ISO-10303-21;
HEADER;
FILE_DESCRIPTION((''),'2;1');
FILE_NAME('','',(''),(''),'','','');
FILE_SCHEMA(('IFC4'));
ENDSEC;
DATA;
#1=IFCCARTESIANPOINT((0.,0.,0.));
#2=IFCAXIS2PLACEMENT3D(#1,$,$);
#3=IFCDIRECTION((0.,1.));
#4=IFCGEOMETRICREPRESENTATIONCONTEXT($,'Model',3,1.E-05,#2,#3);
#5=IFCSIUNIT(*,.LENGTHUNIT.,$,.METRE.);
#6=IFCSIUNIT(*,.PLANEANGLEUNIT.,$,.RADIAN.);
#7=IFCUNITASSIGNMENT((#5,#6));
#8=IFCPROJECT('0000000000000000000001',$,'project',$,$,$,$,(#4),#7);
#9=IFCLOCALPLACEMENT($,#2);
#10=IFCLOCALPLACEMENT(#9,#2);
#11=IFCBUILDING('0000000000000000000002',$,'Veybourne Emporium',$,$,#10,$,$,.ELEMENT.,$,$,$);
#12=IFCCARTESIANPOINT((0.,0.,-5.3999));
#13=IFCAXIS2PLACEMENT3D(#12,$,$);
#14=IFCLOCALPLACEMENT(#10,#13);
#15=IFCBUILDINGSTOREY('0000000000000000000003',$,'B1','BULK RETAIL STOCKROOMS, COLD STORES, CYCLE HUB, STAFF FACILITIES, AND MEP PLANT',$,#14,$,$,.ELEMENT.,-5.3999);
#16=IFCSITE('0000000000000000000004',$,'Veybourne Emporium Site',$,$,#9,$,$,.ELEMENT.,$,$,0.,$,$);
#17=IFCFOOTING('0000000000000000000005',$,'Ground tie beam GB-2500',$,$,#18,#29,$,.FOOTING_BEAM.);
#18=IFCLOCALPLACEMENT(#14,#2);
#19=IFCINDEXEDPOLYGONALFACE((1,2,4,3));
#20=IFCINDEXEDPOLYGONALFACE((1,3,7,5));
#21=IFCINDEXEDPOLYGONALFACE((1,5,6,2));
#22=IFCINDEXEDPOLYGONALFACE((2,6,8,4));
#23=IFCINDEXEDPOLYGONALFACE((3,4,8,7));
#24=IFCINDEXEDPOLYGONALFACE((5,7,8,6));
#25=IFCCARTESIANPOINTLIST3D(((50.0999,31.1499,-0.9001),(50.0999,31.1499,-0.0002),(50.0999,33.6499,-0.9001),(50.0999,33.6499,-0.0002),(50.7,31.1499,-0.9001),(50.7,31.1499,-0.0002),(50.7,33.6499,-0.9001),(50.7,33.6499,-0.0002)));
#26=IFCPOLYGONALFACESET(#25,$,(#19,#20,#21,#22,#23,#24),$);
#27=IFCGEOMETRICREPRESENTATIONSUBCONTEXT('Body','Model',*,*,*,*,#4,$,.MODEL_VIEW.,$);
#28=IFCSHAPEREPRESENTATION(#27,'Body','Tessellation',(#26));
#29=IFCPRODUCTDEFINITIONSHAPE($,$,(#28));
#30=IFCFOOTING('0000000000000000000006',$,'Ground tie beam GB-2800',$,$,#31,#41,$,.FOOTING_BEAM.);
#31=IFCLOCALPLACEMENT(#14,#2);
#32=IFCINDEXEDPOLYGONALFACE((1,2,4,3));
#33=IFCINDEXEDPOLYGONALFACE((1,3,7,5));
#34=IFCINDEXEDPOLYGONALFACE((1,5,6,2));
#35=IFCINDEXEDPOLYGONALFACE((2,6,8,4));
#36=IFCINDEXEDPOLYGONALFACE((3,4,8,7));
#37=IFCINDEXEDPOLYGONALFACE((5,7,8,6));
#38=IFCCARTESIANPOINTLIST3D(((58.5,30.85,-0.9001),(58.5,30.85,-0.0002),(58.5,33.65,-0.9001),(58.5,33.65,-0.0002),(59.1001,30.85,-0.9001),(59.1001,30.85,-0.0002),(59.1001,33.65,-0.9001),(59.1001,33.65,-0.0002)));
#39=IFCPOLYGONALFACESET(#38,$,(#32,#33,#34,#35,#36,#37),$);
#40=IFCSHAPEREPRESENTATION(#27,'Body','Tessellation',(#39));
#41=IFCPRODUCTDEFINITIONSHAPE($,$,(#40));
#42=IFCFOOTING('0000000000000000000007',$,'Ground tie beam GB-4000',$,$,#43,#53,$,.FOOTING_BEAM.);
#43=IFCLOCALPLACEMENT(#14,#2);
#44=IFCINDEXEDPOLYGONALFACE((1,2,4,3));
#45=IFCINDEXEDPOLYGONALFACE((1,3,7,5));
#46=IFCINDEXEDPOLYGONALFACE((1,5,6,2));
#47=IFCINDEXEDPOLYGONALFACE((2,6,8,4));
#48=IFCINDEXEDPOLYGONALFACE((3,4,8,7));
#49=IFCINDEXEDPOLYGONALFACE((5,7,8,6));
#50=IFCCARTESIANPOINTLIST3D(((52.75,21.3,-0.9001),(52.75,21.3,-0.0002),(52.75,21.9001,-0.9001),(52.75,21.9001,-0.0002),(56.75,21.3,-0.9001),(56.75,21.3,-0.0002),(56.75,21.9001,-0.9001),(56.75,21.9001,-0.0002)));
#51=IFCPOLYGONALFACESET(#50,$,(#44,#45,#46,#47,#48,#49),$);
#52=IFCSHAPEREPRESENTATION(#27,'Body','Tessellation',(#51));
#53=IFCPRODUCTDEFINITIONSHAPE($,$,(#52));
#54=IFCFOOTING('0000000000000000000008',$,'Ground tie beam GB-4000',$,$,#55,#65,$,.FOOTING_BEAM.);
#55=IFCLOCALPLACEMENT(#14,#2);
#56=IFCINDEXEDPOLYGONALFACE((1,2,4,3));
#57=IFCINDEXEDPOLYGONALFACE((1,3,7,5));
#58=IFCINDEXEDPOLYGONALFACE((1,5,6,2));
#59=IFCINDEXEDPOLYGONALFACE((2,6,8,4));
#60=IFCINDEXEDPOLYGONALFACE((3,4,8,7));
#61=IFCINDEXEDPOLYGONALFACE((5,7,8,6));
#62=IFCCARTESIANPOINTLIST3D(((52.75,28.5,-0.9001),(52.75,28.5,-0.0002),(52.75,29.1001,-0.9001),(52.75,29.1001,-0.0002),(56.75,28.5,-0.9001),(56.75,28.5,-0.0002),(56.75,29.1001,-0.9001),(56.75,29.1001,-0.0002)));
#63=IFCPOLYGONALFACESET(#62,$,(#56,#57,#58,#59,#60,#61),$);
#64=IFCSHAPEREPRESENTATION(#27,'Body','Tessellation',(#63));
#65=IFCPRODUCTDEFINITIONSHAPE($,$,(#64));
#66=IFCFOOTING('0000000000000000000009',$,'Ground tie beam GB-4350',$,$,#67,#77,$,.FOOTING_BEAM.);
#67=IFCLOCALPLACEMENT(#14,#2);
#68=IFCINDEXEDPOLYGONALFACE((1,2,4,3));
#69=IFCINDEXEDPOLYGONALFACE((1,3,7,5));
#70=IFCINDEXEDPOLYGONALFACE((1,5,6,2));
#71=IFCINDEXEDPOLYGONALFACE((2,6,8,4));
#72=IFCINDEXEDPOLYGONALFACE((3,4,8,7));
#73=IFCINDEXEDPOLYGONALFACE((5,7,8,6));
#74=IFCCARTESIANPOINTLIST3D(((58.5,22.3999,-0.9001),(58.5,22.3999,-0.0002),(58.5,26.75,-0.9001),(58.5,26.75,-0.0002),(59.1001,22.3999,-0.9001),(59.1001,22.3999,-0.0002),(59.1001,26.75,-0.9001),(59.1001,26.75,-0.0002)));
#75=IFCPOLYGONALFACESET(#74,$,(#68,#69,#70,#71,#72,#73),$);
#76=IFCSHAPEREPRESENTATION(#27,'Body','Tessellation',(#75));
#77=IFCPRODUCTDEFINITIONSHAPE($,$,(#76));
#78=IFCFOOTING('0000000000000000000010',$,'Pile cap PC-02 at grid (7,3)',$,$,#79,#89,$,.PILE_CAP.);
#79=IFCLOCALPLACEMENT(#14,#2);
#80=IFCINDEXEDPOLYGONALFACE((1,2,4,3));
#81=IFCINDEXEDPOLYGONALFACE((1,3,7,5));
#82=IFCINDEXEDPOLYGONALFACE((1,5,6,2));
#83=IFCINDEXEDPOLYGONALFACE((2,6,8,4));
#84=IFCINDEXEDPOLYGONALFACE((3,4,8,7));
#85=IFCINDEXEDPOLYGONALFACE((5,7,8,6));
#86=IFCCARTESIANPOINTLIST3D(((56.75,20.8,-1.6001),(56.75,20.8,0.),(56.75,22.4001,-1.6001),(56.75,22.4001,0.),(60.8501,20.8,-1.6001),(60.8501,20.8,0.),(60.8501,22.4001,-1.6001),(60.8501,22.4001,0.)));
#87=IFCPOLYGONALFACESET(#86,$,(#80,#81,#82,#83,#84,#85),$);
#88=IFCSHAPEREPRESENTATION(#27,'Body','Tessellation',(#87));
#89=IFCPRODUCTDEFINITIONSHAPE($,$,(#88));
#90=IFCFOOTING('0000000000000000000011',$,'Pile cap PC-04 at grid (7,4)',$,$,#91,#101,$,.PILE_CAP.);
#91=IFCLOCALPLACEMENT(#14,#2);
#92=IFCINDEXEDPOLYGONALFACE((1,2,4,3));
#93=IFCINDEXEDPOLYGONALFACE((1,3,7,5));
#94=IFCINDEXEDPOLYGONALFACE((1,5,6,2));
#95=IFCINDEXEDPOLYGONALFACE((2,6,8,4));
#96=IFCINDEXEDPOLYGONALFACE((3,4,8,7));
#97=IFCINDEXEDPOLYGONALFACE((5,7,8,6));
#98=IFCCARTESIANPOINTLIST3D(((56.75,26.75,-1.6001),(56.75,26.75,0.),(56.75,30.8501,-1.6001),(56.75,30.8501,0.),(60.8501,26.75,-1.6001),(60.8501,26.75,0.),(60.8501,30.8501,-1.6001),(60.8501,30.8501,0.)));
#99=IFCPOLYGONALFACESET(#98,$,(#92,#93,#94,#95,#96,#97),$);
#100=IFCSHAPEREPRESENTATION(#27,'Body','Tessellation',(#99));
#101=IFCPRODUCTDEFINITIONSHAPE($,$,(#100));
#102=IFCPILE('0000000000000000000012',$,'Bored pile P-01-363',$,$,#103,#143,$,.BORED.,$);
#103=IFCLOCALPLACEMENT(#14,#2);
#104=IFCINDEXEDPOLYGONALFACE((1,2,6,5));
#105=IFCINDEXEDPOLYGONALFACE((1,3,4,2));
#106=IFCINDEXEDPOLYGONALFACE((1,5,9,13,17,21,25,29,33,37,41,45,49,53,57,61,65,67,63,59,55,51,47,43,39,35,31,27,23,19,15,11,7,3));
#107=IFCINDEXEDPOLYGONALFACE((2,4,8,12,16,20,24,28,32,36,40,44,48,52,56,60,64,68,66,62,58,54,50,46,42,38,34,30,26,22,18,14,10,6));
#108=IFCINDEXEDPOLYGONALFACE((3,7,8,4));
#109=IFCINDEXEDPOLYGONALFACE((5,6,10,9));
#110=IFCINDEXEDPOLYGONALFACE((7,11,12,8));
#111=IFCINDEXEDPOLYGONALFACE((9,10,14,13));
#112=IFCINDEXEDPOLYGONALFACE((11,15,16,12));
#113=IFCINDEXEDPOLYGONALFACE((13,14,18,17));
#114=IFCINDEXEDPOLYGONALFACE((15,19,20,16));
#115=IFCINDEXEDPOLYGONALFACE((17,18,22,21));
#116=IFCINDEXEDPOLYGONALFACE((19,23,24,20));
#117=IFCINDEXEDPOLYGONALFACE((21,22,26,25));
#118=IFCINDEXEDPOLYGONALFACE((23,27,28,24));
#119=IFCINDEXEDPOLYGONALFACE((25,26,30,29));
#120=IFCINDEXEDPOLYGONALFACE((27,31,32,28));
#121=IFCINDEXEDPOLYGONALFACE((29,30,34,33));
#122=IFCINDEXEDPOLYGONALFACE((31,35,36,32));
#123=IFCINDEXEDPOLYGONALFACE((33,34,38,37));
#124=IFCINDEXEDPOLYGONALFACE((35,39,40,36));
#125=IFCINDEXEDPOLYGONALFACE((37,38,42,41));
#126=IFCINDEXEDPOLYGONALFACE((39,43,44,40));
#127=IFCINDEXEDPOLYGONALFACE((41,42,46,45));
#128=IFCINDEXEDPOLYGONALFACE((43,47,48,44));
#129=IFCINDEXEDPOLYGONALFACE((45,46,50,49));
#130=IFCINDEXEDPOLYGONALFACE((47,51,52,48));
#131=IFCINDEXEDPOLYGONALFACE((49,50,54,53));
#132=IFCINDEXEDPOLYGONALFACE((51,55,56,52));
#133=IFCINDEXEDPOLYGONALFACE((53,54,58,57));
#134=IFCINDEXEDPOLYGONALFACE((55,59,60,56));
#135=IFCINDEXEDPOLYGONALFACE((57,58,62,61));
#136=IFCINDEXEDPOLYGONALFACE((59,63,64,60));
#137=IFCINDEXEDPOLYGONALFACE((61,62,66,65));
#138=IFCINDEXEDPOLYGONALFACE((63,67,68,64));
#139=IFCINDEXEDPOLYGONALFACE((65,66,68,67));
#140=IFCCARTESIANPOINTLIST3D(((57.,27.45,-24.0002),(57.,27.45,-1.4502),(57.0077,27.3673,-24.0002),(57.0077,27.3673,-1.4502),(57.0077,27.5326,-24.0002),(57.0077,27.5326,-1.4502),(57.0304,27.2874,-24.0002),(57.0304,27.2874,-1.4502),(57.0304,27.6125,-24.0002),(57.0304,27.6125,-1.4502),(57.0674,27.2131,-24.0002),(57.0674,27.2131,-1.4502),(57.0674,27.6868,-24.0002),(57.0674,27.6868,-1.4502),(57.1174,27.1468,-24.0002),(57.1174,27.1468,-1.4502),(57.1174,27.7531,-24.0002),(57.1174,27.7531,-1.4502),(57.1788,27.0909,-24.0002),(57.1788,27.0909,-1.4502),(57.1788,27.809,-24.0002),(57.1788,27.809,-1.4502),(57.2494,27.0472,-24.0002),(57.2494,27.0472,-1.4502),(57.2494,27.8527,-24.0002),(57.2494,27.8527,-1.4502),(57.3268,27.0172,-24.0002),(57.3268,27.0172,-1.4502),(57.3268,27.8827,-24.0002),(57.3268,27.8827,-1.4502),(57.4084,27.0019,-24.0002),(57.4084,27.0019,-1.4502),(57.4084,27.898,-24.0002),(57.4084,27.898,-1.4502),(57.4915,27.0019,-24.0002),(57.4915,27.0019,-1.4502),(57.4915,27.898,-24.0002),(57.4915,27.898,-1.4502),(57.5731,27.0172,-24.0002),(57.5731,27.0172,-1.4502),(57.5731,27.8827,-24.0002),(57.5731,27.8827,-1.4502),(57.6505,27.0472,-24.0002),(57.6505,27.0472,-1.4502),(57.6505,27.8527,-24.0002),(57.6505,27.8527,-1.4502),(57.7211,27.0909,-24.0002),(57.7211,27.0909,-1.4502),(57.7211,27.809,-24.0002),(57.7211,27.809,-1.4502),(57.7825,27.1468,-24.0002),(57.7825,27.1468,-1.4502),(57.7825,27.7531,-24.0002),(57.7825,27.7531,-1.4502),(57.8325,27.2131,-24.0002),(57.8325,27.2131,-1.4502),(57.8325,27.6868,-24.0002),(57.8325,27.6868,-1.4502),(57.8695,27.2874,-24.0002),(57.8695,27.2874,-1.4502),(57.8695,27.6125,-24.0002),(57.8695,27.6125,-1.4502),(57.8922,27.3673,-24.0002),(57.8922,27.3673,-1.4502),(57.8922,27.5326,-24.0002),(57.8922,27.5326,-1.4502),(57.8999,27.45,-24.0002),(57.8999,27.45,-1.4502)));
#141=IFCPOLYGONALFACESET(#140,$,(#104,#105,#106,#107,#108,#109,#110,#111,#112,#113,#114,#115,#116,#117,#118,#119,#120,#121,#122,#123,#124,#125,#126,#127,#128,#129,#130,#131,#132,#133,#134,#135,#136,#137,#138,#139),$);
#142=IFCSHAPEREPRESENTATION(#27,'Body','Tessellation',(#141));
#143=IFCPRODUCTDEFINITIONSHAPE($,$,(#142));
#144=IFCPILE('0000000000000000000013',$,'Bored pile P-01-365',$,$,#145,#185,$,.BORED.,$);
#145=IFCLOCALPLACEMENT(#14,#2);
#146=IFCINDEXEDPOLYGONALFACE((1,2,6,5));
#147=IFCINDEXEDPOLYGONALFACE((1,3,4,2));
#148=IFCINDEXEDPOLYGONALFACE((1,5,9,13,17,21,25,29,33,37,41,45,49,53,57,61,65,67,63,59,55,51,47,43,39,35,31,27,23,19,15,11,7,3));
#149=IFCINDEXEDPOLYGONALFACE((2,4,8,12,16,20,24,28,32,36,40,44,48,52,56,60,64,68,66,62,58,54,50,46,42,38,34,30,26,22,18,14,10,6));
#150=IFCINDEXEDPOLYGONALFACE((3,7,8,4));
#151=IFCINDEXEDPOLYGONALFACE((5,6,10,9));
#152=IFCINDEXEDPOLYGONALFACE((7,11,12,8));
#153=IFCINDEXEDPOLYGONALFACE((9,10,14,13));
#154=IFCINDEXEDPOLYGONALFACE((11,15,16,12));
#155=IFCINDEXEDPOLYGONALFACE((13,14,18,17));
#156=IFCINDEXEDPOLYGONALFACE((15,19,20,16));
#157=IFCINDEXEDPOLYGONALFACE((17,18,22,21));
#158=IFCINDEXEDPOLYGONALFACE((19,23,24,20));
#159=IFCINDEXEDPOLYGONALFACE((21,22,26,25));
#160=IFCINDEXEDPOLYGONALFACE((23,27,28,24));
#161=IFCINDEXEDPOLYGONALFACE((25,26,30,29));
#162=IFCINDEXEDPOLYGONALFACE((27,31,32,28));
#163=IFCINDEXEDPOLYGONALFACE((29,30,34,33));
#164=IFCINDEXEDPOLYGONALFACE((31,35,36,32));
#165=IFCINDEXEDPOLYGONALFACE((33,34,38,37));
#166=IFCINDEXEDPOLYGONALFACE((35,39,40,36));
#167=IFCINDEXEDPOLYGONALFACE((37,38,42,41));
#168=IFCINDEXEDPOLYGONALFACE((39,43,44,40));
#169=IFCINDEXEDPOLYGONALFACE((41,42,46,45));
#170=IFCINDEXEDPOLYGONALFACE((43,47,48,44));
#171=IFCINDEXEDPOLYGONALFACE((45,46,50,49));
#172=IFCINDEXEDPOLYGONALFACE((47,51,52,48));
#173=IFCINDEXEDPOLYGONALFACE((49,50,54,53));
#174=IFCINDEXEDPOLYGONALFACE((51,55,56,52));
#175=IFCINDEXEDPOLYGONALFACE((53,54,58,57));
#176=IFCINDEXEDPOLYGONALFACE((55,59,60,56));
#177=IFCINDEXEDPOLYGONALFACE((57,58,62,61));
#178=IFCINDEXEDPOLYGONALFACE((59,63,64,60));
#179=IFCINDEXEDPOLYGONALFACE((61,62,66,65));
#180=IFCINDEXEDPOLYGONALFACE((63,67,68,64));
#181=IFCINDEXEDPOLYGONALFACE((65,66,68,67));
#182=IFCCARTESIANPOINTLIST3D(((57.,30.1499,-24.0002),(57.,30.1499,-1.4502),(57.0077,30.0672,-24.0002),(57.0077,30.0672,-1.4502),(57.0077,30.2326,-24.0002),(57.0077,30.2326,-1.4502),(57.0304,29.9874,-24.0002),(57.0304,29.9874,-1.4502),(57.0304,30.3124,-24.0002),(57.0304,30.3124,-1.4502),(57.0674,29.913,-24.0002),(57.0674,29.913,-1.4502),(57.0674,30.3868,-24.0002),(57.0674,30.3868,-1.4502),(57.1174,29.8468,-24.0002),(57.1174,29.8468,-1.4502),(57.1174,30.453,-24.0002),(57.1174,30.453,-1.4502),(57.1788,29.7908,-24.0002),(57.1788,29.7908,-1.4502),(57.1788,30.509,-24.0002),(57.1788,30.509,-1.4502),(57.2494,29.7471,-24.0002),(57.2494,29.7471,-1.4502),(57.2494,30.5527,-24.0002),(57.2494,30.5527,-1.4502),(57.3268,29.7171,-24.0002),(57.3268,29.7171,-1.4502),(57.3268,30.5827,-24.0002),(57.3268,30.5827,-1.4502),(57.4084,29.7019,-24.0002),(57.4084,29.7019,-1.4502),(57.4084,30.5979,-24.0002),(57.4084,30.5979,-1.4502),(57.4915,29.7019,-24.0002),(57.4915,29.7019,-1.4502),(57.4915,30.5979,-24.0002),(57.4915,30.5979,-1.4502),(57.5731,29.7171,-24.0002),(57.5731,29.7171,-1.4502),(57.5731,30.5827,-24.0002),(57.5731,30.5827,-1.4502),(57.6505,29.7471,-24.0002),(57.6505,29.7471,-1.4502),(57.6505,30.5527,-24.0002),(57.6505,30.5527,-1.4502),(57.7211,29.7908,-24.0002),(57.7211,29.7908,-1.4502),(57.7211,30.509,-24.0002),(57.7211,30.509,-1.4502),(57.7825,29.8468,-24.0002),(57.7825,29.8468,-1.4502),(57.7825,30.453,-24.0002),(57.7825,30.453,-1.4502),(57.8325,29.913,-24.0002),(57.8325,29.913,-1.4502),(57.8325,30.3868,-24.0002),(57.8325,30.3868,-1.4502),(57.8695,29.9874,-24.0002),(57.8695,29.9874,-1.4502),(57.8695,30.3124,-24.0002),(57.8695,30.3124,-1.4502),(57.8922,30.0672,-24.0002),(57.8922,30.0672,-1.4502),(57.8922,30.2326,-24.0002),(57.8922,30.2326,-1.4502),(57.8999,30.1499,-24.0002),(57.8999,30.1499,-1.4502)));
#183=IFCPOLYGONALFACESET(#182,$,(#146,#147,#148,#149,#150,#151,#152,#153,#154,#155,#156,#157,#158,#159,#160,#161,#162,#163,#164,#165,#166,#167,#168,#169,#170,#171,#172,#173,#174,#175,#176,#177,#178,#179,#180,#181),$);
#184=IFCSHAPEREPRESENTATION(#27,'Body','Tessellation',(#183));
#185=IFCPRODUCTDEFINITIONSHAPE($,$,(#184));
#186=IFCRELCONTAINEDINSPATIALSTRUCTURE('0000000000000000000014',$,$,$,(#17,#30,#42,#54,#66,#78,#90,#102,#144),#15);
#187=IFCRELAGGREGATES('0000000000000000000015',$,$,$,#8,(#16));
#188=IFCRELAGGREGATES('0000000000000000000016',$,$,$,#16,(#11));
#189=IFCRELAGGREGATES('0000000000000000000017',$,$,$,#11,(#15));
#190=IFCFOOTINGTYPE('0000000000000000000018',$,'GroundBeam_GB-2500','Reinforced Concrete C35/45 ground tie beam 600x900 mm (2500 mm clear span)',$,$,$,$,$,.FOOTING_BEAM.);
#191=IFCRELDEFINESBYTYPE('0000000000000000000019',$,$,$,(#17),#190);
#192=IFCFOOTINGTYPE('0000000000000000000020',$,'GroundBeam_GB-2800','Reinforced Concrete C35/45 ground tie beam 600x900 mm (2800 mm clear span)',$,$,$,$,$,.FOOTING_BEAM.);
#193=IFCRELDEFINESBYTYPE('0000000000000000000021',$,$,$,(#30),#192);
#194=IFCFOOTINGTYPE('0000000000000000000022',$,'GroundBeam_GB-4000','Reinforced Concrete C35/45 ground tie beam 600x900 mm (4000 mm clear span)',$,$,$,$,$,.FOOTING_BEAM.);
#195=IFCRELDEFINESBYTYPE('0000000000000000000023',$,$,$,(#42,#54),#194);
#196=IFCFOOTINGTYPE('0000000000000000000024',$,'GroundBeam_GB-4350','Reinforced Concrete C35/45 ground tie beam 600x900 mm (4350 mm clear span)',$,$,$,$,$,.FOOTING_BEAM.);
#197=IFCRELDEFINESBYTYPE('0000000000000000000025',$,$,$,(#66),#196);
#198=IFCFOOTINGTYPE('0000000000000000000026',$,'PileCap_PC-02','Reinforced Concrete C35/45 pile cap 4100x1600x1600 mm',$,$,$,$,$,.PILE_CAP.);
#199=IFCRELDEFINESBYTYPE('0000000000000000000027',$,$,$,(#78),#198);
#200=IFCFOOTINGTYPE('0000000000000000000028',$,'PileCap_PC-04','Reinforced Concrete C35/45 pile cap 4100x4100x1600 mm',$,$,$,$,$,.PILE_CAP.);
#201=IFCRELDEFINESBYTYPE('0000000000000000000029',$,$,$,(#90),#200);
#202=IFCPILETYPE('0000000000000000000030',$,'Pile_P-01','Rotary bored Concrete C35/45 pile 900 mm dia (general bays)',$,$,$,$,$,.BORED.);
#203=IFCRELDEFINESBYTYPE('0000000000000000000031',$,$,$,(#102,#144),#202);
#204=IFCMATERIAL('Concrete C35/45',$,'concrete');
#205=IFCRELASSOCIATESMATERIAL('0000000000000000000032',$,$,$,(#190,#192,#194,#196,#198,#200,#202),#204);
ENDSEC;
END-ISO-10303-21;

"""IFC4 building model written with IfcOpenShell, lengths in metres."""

from ifc_helpers import new_model, si_unit, direction, frame, origin, origin_2d, place, context, subcontext, project, spatial, rectangle, circle, extrude, material, material_profile, profile_set, type_object, element, save


model = new_model("IFC4")

# Units and contexts
model_context = context("Model", 3, precision=1e-05, world=origin(), true_north=direction((0.0, 1.0)))
body_context = subcontext(model_context, "Body", "Model", "MODEL_VIEW")
ifc_project = project(units=[si_unit("LENGTHUNIT", "METRE"), si_unit("PLANEANGLEUNIT", "RADIAN")], contexts=[model_context])

# Site, building, storey
site_placement = place(None, origin())
site = spatial("IfcSite", under=ifc_project, at=site_placement, Name="Veybourne Emporium Site", CompositionType="ELEMENT", RefElevation=0.0)
building_placement = place(site_placement, origin())
building = spatial("IfcBuilding", under=site, at=building_placement, Name="Veybourne Emporium", CompositionType="ELEMENT")
storey_placement = place(building_placement, frame((0.0, 0.0, -5.3999)))
storey = spatial("IfcBuildingStorey", under=building, at=storey_placement, Name="B1", Description="BULK RETAIL STOCKROOMS, COLD STORES, CYCLE HUB, STAFF FACILITIES, AND MEP PLANT", CompositionType="ELEMENT", Elevation=-5.3999)

# Footings
ifc_material_1 = material(Name="Concrete C35/45", Category="concrete")
footing_type_1 = type_object("IfcFootingType", Name="GroundBeam_GB-2500", Description="Reinforced Concrete C35/45 ground tie beam 600x900 mm (2500 mm clear span)", PredefinedType="FOOTING_BEAM", material=ifc_material_1)
footing_1_placement = place(storey_placement, frame((50.3999, 32.3999, -0.9001), z_axis=(0.0, 0.0, 1.0), x_axis=(0.0, 1.0, 0.0)))
element("IfcFooting", 1, at=footing_1_placement, inside=storey, type_object=footing_type_1, Name="Ground tie beam GB-2500", PredefinedType="FOOTING_BEAM", context=body_context, shape_type="SweptSolid", body=[
    extrude(rectangle(XDim=2.5, YDim=0.6001, at=origin_2d()), origin(), (0.0, 0.0, 1.0), 0.8999),
])
footing_type_2 = type_object("IfcFootingType", Name="GroundBeam_GB-2800", Description="Reinforced Concrete C35/45 ground tie beam 600x900 mm (2800 mm clear span)", PredefinedType="FOOTING_BEAM", material=ifc_material_1)
footing_2_placement = place(storey_placement, frame((58.8, 32.25, -0.9001), z_axis=(0.0, 0.0, 1.0), x_axis=(0.0, 1.0, 0.0)))
element("IfcFooting", 2, at=footing_2_placement, inside=storey, type_object=footing_type_2, Name="Ground tie beam GB-2800", PredefinedType="FOOTING_BEAM", context=body_context, shape_type="SweptSolid", body=[
    extrude(rectangle(XDim=2.8, YDim=0.6001, at=origin_2d()), origin(), (0.0, 0.0, 1.0), 0.8999),
])
footing_type_3 = type_object("IfcFootingType", Name="GroundBeam_GB-4000", Description="Reinforced Concrete C35/45 ground tie beam 600x900 mm (4000 mm clear span)", PredefinedType="FOOTING_BEAM", material=ifc_material_1)
for number, where, z_axis, x_axis, name in (
    (3, (54.75, 21.6001, -0.9001), (0.0, 0.0, 1.0), (1.0, 0.0, 0.0), "Ground tie beam GB-4000"),
    (4, (54.75, 28.8, -0.9001), (0.0, 0.0, 1.0), (1.0, 0.0, 0.0), "Ground tie beam GB-4000"),
):
    element("IfcFooting", number, at=place(storey_placement, frame(where, z_axis=z_axis, x_axis=x_axis)), inside=storey, type_object=footing_type_3, Name=name, PredefinedType="FOOTING_BEAM", context=body_context, shape_type="SweptSolid", body=[
        extrude(rectangle(XDim=4.0, YDim=0.6001, at=origin_2d()), origin(), (0.0, 0.0, 1.0), 0.8999),
    ])
footing_type_4 = type_object("IfcFootingType", Name="GroundBeam_GB-4350", Description="Reinforced Concrete C35/45 ground tie beam 600x900 mm (4350 mm clear span)", PredefinedType="FOOTING_BEAM", material=ifc_material_1)
footing_3_placement = place(storey_placement, frame((58.8, 24.575, -0.9001), z_axis=(0.0, 0.0, 1.0), x_axis=(0.0, 1.0, 0.0)))
element("IfcFooting", 5, at=footing_3_placement, inside=storey, type_object=footing_type_4, Name="Ground tie beam GB-4350", PredefinedType="FOOTING_BEAM", context=body_context, shape_type="SweptSolid", body=[
    extrude(rectangle(XDim=4.3501, YDim=0.6001, at=origin_2d()), origin(), (0.0, 0.0, 1.0), 0.8999),
])
footing_type_5 = type_object("IfcFootingType", Name="PileCap_PC-02", Description="Reinforced Concrete C35/45 pile cap 4100x1600x1600 mm", PredefinedType="PILE_CAP", material=ifc_material_1)
footing_4_placement = place(storey_placement, frame((58.8, 21.6001, -1.6001), z_axis=(0.0, 0.0, 1.0), x_axis=(1.0, 0.0, 0.0)))
element("IfcFooting", 6, at=footing_4_placement, inside=storey, type_object=footing_type_5, Name="Pile cap PC-02 at grid (7,3)", PredefinedType="PILE_CAP", context=body_context, shape_type="SweptSolid", body=[
    extrude(rectangle(XDim=4.1001, YDim=1.6001, at=origin_2d()), origin(), (0.0, 0.0, 1.0), 1.6001),
])
footing_type_6 = type_object("IfcFootingType", Name="PileCap_PC-04", Description="Reinforced Concrete C35/45 pile cap 4100x4100x1600 mm", PredefinedType="PILE_CAP", material=ifc_material_1)
footing_5_placement = place(storey_placement, frame((58.8, 28.8, -1.6001), z_axis=(0.0, 0.0, 1.0), x_axis=(1.0, 0.0, 0.0)))
element("IfcFooting", 7, at=footing_5_placement, inside=storey, type_object=footing_type_6, Name="Pile cap PC-04 at grid (7,4)", PredefinedType="PILE_CAP", context=body_context, shape_type="SweptSolid", body=[
    extrude(rectangle(XDim=4.1001, YDim=4.1001, at=origin_2d()), origin(), (0.0, 0.0, 1.0), 1.6001),
])

# Piles
ifc_material_profile_1 = material_profile(ifc_material_1, circle(Radius=0.45, at=origin_2d()), Name="BORED PILE 900")
ifc_profile_set_1 = profile_set([ifc_material_profile_1], Name="Concrete C35/45")
pile_type_1 = type_object("IfcPileType", Name="Pile_P-01", Description="Rotary bored Concrete C35/45 pile 900 mm dia (general bays)", PredefinedType="BORED", material=ifc_profile_set_1)
for number, where, z_axis, x_axis, name in (
    (8, (57.45, 27.45, -1.4502), (0.0, 0.0, -1.0), (1.0, 0.0, 0.0), "Bored pile P-01-363"),
    (9, (57.45, 30.1499, -1.4502), (0.0, 0.0, -1.0), (1.0, 0.0, 0.0), "Bored pile P-01-365"),
):
    element("IfcPile", number, at=place(storey_placement, frame(where, z_axis=z_axis, x_axis=x_axis)), inside=storey, type_object=pile_type_1, Name=name, PredefinedType="BORED", context=body_context, shape_type="SweptSolid", body=[
        extrude(circle(Radius=0.45, at=origin_2d()), origin(), (0.0, 0.0, 1.0), 22.55),
    ])

save(model, "model.ifc")
